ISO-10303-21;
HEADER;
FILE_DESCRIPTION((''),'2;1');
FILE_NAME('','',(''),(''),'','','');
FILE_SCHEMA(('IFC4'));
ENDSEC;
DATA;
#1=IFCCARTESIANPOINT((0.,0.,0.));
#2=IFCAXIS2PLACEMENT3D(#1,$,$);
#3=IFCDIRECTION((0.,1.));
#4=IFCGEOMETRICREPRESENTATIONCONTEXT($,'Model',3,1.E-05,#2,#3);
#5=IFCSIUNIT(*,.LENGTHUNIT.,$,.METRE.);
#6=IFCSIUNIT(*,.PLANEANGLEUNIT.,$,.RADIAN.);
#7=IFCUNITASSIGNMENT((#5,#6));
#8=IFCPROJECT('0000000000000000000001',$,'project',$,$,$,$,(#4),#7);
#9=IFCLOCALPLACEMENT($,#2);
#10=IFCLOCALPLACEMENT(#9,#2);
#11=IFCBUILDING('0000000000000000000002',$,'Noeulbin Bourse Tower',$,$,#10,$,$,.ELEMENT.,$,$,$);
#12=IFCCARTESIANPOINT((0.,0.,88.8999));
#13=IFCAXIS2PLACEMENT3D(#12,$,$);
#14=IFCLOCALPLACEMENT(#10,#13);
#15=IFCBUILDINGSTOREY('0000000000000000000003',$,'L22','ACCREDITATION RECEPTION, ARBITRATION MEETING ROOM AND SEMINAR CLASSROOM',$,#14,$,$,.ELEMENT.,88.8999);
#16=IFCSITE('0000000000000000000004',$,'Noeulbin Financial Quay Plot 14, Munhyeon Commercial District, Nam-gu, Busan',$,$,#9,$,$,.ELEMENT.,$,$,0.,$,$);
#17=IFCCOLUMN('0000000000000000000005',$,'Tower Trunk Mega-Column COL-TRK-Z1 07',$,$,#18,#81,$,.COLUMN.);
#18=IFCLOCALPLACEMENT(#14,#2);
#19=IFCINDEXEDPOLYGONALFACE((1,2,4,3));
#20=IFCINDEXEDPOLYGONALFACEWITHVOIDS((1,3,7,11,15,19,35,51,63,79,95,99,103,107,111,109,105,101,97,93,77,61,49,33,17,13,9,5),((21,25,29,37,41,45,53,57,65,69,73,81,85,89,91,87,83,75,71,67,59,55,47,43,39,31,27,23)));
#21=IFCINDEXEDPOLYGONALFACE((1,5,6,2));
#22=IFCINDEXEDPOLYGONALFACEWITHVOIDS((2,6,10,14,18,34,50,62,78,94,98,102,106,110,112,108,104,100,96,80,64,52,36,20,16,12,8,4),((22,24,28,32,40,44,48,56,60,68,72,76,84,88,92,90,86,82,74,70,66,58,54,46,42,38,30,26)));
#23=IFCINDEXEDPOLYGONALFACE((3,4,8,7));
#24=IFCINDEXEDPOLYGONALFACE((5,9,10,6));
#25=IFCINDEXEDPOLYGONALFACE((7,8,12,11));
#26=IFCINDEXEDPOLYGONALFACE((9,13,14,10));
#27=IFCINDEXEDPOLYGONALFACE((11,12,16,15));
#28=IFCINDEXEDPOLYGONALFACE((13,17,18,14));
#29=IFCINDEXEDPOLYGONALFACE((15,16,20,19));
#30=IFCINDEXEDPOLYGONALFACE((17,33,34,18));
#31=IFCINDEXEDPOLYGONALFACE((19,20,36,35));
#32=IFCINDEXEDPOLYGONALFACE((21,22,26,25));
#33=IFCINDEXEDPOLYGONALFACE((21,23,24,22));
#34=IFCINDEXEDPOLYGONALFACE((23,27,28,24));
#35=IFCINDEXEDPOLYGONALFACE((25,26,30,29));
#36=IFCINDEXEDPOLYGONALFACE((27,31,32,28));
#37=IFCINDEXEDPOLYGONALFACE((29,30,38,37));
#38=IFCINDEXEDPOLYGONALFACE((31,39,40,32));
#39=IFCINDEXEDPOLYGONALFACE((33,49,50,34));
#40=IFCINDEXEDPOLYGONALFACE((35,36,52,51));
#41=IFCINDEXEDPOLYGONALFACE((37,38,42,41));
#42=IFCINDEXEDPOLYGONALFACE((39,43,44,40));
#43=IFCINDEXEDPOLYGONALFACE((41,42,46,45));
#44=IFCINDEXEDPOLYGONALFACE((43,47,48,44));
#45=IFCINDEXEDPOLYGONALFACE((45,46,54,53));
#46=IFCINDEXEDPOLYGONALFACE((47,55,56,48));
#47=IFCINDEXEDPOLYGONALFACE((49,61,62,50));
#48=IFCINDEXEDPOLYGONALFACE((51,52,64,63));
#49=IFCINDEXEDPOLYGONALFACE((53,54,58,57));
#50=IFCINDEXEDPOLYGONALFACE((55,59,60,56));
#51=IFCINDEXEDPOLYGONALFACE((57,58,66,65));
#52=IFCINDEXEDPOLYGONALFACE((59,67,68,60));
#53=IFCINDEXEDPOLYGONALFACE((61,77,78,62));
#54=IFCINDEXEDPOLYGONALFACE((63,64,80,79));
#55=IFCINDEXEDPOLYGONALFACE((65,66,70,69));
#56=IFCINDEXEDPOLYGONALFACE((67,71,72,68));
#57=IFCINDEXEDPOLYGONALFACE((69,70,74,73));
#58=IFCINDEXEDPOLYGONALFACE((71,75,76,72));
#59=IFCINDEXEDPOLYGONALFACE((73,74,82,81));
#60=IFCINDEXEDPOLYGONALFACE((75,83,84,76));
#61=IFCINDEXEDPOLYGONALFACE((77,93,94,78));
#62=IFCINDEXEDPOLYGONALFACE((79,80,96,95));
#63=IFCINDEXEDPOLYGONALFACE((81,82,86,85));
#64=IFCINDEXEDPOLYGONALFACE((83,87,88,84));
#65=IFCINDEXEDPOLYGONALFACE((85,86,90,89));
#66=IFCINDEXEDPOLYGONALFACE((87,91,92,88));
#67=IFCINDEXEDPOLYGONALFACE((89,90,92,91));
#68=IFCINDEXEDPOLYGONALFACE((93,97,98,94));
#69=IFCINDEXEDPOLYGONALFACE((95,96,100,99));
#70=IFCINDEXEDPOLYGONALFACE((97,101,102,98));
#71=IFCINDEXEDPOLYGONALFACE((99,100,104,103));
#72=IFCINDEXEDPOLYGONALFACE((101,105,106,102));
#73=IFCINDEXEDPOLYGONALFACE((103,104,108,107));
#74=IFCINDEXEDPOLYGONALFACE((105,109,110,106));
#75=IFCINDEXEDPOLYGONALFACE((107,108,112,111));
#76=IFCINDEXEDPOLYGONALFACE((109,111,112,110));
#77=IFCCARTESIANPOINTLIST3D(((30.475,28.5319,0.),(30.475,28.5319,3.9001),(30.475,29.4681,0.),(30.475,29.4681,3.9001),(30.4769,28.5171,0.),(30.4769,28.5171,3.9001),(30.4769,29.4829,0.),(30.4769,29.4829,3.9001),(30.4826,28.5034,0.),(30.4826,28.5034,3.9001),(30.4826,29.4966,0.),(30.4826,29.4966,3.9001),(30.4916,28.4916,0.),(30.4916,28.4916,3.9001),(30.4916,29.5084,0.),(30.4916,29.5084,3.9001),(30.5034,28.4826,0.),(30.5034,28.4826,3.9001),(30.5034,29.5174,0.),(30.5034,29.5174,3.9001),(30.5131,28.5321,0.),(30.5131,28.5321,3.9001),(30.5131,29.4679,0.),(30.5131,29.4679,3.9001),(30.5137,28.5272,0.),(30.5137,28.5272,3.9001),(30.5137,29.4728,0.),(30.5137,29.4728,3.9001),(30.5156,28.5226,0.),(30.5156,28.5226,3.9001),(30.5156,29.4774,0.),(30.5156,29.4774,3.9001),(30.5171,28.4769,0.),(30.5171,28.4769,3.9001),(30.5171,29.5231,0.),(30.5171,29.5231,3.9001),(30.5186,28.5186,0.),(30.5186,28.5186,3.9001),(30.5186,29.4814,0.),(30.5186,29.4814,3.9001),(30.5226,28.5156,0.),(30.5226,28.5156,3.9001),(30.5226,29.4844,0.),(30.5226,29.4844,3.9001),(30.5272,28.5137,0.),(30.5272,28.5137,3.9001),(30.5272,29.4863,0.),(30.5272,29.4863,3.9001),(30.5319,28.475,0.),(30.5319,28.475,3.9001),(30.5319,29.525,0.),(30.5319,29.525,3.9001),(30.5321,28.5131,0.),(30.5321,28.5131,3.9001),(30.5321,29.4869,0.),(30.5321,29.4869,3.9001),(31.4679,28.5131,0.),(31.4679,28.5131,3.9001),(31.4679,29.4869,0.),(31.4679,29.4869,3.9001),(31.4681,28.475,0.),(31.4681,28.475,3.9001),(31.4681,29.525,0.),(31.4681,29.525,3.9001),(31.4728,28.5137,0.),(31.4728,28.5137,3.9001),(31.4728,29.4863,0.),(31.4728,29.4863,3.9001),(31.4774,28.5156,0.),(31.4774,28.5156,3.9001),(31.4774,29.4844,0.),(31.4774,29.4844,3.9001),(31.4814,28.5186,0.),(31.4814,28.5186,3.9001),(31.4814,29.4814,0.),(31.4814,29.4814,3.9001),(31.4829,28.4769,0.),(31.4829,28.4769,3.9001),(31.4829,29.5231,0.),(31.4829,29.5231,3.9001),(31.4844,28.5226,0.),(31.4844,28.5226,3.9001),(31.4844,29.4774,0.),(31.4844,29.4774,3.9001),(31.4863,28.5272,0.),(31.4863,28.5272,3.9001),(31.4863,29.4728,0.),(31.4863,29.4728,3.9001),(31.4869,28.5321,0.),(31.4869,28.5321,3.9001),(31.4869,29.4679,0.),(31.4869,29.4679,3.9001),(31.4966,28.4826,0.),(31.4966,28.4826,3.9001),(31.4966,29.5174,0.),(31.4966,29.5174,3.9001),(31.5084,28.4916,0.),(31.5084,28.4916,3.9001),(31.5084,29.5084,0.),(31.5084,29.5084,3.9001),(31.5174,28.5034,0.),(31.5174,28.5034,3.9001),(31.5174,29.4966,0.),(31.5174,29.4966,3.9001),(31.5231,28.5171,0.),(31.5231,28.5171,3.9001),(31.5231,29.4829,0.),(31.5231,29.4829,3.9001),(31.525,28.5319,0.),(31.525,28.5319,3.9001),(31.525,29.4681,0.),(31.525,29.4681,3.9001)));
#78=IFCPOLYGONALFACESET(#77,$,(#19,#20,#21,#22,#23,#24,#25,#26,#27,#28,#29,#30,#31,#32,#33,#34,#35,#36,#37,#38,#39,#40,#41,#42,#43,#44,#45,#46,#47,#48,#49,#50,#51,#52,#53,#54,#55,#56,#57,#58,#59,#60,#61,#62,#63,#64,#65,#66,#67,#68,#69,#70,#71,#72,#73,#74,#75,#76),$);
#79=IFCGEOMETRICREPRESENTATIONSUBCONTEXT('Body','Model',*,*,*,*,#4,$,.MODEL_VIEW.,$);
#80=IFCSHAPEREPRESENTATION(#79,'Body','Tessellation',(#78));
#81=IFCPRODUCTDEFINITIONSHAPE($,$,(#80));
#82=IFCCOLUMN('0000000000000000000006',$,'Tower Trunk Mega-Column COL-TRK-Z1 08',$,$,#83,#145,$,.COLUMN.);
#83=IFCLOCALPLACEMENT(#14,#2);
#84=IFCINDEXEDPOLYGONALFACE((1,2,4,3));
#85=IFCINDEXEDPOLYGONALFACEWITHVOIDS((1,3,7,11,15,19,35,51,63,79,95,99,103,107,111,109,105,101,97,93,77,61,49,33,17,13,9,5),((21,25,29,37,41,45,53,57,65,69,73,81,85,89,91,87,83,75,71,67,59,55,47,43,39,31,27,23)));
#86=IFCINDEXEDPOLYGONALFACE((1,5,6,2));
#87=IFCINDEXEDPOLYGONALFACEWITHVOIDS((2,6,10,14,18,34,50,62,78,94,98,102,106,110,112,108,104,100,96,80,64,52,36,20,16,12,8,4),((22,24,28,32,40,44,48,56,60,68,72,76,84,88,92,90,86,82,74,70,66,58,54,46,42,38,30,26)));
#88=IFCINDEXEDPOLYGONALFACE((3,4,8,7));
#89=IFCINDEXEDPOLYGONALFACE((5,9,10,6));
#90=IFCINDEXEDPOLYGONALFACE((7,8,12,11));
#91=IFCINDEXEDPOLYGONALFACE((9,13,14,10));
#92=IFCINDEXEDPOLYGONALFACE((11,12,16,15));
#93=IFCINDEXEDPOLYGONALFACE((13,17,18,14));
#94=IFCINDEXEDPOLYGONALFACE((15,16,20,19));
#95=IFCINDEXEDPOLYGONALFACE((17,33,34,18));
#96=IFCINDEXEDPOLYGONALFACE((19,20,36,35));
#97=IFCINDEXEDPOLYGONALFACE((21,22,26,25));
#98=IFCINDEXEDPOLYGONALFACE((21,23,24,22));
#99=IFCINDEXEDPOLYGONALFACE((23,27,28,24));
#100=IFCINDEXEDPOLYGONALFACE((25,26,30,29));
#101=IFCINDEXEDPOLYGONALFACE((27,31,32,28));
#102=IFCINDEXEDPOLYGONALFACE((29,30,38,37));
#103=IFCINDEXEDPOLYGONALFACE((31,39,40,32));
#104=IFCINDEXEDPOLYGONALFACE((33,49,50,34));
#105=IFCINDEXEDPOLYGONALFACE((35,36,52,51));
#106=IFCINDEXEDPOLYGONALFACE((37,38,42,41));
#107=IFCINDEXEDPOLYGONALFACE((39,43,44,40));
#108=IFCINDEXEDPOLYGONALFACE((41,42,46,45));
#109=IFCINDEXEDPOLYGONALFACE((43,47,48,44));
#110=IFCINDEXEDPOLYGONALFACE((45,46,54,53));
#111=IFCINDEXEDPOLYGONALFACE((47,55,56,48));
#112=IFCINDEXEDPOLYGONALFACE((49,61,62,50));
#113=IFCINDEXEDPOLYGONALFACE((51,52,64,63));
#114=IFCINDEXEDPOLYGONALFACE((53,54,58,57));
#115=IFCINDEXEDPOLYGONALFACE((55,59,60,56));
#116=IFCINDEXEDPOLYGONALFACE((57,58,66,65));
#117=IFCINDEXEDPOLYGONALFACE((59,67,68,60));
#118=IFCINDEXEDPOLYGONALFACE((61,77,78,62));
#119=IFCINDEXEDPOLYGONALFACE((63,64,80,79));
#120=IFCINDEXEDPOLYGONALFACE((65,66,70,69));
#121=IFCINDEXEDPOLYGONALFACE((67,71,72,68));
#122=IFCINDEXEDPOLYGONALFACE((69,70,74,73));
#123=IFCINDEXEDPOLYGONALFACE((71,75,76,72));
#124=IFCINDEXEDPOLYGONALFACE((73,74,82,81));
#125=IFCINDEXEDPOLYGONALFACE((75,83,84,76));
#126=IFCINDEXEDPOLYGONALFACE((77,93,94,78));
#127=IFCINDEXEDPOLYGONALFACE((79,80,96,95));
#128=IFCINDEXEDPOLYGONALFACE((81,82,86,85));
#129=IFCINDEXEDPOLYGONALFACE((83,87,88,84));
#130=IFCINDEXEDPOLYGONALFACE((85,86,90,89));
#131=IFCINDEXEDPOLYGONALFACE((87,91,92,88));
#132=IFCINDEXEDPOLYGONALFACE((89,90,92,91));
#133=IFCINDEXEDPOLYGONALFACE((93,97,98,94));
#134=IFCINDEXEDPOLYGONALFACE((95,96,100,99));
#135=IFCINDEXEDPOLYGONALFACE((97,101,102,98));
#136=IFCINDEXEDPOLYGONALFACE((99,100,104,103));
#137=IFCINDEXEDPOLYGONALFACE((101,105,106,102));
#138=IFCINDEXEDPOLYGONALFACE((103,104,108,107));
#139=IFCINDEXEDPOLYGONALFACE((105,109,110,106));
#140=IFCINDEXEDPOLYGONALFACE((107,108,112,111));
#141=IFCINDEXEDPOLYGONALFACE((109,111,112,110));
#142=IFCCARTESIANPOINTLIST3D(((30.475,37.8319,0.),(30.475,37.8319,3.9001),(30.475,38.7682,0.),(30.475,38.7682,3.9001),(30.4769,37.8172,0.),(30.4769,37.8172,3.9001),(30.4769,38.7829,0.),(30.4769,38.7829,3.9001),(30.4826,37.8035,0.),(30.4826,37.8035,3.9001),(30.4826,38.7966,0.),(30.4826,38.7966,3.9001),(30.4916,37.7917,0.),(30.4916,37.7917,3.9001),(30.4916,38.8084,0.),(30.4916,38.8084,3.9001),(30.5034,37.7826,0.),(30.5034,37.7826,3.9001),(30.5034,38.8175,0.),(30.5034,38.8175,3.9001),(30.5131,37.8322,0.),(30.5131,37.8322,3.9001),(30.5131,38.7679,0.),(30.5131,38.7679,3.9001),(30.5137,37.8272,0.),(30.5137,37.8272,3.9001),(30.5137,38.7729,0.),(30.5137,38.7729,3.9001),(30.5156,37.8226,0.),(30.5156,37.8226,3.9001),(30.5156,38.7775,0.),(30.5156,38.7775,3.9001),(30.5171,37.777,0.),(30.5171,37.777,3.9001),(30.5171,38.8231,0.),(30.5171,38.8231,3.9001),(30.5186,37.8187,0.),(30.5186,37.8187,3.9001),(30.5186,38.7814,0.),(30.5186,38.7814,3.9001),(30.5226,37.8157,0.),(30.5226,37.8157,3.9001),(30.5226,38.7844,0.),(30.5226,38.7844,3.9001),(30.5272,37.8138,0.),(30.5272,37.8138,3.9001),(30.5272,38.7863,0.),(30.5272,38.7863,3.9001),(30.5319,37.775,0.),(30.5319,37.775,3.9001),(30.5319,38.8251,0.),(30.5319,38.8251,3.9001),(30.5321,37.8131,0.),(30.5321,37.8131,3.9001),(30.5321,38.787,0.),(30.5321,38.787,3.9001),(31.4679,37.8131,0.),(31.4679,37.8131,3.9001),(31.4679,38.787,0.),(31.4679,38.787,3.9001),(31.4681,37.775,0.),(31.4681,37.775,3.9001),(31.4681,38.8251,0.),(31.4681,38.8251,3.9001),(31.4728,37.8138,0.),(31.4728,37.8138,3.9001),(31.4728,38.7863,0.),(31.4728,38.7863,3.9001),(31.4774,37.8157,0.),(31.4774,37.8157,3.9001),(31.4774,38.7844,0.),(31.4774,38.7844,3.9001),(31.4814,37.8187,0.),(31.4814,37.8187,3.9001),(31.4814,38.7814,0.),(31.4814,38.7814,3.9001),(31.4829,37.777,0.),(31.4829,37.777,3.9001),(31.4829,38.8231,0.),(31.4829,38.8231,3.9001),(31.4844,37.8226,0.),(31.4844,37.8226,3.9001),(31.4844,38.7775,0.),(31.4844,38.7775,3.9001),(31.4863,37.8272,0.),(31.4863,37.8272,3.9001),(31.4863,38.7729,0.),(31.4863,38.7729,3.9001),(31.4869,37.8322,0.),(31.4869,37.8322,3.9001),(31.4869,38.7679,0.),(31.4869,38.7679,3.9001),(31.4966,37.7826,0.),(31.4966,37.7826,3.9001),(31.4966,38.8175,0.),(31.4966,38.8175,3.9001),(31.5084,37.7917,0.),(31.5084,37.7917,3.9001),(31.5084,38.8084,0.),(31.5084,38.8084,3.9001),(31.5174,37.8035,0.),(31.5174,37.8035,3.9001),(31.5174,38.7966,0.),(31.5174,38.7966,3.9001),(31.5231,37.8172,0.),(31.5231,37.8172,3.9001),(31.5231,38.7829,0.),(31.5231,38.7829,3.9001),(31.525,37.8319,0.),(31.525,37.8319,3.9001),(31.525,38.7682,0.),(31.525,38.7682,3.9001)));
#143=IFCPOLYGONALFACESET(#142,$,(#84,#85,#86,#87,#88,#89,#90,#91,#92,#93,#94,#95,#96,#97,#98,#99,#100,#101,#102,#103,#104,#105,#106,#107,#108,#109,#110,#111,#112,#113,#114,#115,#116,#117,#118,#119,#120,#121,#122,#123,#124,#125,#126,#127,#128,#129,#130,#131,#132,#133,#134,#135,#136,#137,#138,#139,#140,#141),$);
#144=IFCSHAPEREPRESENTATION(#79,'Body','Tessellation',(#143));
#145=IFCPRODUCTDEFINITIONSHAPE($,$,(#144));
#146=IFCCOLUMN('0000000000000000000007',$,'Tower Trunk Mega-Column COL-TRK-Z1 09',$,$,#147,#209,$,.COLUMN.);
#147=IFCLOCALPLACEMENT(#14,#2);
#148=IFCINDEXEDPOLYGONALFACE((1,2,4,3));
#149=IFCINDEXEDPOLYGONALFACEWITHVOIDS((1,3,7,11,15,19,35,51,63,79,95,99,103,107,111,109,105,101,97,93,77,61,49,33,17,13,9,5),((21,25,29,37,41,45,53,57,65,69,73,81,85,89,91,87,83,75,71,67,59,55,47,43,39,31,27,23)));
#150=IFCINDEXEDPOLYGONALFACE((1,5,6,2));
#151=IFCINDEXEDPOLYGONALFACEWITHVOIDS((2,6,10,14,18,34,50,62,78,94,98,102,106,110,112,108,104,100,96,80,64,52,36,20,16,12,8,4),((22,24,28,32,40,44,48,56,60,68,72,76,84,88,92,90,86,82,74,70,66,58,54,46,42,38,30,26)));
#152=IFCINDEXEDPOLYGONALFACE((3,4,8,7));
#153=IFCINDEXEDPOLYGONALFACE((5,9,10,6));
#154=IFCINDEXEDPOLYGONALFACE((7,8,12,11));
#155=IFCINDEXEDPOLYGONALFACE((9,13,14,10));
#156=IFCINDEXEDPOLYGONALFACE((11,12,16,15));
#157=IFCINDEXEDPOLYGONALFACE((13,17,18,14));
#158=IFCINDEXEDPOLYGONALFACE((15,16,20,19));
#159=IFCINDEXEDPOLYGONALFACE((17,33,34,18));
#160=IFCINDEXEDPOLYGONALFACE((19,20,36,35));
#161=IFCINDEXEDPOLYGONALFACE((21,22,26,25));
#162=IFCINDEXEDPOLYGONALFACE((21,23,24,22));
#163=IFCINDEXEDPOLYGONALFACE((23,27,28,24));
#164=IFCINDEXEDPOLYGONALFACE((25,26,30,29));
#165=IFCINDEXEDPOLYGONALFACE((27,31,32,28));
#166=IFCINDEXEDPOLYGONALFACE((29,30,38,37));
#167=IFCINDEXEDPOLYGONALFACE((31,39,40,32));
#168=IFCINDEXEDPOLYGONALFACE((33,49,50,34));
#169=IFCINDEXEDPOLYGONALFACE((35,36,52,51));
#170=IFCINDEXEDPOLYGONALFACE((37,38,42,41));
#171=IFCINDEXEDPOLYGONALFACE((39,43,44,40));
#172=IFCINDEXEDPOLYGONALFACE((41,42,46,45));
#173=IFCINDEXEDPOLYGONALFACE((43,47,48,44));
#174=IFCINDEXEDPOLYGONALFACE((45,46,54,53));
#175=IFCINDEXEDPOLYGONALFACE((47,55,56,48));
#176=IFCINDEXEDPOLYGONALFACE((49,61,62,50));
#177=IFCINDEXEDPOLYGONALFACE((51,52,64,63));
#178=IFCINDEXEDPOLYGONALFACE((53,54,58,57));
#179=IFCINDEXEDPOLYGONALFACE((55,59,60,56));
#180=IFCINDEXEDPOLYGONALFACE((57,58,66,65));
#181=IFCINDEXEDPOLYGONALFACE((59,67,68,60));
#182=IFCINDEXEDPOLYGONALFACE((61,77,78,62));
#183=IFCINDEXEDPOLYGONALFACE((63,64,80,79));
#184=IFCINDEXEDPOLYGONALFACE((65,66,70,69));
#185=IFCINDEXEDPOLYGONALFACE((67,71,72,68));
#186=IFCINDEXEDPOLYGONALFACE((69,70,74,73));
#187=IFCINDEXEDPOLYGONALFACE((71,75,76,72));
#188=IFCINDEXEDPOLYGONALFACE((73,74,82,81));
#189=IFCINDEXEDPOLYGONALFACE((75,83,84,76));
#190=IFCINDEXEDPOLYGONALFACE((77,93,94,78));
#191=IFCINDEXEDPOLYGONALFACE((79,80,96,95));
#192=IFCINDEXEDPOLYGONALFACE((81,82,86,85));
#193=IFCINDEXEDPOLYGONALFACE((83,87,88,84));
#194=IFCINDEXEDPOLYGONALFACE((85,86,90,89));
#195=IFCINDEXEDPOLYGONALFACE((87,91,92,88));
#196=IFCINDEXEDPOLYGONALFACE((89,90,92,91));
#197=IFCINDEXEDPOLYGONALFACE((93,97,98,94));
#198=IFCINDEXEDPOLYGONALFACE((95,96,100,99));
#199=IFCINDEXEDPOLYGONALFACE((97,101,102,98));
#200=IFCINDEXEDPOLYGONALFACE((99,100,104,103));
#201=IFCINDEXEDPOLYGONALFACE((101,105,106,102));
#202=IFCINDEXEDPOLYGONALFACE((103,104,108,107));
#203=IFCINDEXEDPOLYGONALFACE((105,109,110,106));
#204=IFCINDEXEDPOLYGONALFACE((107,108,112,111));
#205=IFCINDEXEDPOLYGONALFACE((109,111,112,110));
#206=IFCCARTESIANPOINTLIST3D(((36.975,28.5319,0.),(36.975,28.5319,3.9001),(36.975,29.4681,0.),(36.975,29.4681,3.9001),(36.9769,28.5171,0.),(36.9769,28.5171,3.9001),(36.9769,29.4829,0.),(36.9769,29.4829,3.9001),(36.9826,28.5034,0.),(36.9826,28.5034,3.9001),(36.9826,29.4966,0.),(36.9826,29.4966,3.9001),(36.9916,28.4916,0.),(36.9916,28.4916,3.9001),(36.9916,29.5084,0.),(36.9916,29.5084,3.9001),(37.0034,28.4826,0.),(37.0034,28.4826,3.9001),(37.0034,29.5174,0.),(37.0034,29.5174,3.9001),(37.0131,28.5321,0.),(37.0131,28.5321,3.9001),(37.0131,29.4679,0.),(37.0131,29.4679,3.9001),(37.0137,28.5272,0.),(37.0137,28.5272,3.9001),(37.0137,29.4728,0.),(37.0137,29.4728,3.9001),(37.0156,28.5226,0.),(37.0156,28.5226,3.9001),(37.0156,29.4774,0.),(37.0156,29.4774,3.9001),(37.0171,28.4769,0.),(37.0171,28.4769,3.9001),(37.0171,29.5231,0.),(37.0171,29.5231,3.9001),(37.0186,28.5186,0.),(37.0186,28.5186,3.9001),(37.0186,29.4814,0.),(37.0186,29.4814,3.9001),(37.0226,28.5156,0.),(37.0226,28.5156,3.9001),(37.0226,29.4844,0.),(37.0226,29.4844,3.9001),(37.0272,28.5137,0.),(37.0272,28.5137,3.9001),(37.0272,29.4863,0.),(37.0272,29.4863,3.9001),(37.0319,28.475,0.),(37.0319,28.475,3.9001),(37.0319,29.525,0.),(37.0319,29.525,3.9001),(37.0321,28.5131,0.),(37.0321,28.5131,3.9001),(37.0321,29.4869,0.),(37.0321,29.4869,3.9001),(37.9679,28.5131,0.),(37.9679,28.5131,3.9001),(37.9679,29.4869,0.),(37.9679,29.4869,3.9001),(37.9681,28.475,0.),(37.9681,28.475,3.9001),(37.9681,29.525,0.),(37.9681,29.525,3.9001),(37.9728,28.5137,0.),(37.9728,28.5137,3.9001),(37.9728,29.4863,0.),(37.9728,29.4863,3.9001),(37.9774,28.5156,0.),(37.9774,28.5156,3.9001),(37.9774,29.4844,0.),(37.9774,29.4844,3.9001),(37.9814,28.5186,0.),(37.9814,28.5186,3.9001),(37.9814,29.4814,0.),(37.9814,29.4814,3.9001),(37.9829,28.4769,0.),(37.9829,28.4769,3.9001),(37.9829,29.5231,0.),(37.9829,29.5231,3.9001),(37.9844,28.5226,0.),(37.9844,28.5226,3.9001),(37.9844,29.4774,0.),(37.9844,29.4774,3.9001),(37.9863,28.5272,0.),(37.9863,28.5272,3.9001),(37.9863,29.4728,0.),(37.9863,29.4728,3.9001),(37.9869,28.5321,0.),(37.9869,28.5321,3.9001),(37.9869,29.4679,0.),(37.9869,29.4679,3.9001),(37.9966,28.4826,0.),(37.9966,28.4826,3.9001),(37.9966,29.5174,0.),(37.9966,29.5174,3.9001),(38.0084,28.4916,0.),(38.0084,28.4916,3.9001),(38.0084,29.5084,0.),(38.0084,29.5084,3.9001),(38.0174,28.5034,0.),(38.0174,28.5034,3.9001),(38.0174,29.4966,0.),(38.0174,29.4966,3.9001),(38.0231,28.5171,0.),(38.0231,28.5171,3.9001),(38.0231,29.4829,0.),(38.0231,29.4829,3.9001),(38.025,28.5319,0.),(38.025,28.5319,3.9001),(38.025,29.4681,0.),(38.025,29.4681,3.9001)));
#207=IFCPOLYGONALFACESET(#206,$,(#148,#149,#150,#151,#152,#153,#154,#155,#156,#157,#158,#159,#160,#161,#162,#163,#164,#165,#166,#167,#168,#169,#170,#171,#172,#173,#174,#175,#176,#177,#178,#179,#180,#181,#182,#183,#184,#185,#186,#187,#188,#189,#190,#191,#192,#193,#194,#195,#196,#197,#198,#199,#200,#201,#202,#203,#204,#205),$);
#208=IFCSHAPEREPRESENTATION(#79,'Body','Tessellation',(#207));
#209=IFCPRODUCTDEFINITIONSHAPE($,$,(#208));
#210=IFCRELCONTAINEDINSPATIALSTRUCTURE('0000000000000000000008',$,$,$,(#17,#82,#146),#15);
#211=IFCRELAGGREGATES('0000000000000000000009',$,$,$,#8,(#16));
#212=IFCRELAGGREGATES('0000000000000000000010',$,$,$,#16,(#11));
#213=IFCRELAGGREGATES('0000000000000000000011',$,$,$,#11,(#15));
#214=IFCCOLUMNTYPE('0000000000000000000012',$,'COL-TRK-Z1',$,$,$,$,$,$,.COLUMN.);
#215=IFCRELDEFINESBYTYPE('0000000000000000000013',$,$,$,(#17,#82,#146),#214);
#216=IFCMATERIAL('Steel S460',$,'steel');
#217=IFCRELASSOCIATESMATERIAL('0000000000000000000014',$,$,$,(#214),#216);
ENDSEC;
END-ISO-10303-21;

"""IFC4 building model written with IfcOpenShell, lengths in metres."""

from ifc_helpers import new_model, si_unit, direction, frame, origin, origin_2d, place, context, subcontext, project, spatial, hollow_rectangle, extrude, material, material_profile, profile_set, type_object, element, save


model = new_model("IFC4")

# Units and contexts
model_context = context("Model", 3, precision=1e-05, world=origin(), true_north=direction((0.0, 1.0)))
body_context = subcontext(model_context, "Body", "Model", "MODEL_VIEW")
ifc_project = project(units=[si_unit("LENGTHUNIT", "METRE"), si_unit("PLANEANGLEUNIT", "RADIAN")], contexts=[model_context])

# Site, building, storey
site_placement = place(None, origin())
site = spatial("IfcSite", under=ifc_project, at=site_placement, Name="Noeulbin Financial Quay Plot 14, Munhyeon Commercial District, Nam-gu, Busan", CompositionType="ELEMENT", RefElevation=0.0)
building_placement = place(site_placement, origin())
building = spatial("IfcBuilding", under=site, at=building_placement, Name="Noeulbin Bourse Tower", CompositionType="ELEMENT")
storey_placement = place(building_placement, frame((0.0, 0.0, 88.8999)))
storey = spatial("IfcBuildingStorey", under=building, at=storey_placement, Name="L22", Description="ACCREDITATION RECEPTION, ARBITRATION MEETING ROOM AND SEMINAR CLASSROOM", CompositionType="ELEMENT", Elevation=88.8999)

# Columns
ifc_material_1 = material(Name="Steel S460", Category="steel")
ifc_material_profile_1 = material_profile(ifc_material_1, hollow_rectangle(XDim=1.05, YDim=1.05, WallThickness=0.0381, InnerFilletRadius=0.019, OuterFilletRadius=0.0569, at=origin_2d()), Name="BOX-1050x1050x38", Category="LoadBearing")
ifc_profile_set_1 = profile_set([ifc_material_profile_1], Name="Steel S460")
column_type = type_object("IfcColumnType", Name="COL-TRK-Z1", PredefinedType="COLUMN", material=ifc_profile_set_1)
for number, where, z_axis, x_axis, name in (
    (1, (31.0, 29.0, 0.0), (0.0, 0.0, 1.0), (1.0, 0.0, 0.0), "Tower Trunk Mega-Column COL-TRK-Z1 07"),
    (2, (31.0, 38.3, 0.0), (0.0, 0.0, 1.0), (1.0, 0.0, 0.0), "Tower Trunk Mega-Column COL-TRK-Z1 08"),
    (3, (37.5, 29.0, 0.0), (0.0, 0.0, 1.0), (1.0, 0.0, 0.0), "Tower Trunk Mega-Column COL-TRK-Z1 09"),
):
    element("IfcColumn", number, at=place(storey_placement, frame(where, z_axis=z_axis, x_axis=x_axis)), inside=storey, type_object=column_type, Name=name, PredefinedType="COLUMN", context=body_context, shape_type="SweptSolid", body=[
        extrude(hollow_rectangle(XDim=1.05, YDim=1.05, WallThickness=0.0381, InnerFilletRadius=0.019, OuterFilletRadius=0.0569, at=origin_2d()), origin(), (0.0, 0.0, 1.0), 3.9001),
    ])

save(model, "model.ifc")
